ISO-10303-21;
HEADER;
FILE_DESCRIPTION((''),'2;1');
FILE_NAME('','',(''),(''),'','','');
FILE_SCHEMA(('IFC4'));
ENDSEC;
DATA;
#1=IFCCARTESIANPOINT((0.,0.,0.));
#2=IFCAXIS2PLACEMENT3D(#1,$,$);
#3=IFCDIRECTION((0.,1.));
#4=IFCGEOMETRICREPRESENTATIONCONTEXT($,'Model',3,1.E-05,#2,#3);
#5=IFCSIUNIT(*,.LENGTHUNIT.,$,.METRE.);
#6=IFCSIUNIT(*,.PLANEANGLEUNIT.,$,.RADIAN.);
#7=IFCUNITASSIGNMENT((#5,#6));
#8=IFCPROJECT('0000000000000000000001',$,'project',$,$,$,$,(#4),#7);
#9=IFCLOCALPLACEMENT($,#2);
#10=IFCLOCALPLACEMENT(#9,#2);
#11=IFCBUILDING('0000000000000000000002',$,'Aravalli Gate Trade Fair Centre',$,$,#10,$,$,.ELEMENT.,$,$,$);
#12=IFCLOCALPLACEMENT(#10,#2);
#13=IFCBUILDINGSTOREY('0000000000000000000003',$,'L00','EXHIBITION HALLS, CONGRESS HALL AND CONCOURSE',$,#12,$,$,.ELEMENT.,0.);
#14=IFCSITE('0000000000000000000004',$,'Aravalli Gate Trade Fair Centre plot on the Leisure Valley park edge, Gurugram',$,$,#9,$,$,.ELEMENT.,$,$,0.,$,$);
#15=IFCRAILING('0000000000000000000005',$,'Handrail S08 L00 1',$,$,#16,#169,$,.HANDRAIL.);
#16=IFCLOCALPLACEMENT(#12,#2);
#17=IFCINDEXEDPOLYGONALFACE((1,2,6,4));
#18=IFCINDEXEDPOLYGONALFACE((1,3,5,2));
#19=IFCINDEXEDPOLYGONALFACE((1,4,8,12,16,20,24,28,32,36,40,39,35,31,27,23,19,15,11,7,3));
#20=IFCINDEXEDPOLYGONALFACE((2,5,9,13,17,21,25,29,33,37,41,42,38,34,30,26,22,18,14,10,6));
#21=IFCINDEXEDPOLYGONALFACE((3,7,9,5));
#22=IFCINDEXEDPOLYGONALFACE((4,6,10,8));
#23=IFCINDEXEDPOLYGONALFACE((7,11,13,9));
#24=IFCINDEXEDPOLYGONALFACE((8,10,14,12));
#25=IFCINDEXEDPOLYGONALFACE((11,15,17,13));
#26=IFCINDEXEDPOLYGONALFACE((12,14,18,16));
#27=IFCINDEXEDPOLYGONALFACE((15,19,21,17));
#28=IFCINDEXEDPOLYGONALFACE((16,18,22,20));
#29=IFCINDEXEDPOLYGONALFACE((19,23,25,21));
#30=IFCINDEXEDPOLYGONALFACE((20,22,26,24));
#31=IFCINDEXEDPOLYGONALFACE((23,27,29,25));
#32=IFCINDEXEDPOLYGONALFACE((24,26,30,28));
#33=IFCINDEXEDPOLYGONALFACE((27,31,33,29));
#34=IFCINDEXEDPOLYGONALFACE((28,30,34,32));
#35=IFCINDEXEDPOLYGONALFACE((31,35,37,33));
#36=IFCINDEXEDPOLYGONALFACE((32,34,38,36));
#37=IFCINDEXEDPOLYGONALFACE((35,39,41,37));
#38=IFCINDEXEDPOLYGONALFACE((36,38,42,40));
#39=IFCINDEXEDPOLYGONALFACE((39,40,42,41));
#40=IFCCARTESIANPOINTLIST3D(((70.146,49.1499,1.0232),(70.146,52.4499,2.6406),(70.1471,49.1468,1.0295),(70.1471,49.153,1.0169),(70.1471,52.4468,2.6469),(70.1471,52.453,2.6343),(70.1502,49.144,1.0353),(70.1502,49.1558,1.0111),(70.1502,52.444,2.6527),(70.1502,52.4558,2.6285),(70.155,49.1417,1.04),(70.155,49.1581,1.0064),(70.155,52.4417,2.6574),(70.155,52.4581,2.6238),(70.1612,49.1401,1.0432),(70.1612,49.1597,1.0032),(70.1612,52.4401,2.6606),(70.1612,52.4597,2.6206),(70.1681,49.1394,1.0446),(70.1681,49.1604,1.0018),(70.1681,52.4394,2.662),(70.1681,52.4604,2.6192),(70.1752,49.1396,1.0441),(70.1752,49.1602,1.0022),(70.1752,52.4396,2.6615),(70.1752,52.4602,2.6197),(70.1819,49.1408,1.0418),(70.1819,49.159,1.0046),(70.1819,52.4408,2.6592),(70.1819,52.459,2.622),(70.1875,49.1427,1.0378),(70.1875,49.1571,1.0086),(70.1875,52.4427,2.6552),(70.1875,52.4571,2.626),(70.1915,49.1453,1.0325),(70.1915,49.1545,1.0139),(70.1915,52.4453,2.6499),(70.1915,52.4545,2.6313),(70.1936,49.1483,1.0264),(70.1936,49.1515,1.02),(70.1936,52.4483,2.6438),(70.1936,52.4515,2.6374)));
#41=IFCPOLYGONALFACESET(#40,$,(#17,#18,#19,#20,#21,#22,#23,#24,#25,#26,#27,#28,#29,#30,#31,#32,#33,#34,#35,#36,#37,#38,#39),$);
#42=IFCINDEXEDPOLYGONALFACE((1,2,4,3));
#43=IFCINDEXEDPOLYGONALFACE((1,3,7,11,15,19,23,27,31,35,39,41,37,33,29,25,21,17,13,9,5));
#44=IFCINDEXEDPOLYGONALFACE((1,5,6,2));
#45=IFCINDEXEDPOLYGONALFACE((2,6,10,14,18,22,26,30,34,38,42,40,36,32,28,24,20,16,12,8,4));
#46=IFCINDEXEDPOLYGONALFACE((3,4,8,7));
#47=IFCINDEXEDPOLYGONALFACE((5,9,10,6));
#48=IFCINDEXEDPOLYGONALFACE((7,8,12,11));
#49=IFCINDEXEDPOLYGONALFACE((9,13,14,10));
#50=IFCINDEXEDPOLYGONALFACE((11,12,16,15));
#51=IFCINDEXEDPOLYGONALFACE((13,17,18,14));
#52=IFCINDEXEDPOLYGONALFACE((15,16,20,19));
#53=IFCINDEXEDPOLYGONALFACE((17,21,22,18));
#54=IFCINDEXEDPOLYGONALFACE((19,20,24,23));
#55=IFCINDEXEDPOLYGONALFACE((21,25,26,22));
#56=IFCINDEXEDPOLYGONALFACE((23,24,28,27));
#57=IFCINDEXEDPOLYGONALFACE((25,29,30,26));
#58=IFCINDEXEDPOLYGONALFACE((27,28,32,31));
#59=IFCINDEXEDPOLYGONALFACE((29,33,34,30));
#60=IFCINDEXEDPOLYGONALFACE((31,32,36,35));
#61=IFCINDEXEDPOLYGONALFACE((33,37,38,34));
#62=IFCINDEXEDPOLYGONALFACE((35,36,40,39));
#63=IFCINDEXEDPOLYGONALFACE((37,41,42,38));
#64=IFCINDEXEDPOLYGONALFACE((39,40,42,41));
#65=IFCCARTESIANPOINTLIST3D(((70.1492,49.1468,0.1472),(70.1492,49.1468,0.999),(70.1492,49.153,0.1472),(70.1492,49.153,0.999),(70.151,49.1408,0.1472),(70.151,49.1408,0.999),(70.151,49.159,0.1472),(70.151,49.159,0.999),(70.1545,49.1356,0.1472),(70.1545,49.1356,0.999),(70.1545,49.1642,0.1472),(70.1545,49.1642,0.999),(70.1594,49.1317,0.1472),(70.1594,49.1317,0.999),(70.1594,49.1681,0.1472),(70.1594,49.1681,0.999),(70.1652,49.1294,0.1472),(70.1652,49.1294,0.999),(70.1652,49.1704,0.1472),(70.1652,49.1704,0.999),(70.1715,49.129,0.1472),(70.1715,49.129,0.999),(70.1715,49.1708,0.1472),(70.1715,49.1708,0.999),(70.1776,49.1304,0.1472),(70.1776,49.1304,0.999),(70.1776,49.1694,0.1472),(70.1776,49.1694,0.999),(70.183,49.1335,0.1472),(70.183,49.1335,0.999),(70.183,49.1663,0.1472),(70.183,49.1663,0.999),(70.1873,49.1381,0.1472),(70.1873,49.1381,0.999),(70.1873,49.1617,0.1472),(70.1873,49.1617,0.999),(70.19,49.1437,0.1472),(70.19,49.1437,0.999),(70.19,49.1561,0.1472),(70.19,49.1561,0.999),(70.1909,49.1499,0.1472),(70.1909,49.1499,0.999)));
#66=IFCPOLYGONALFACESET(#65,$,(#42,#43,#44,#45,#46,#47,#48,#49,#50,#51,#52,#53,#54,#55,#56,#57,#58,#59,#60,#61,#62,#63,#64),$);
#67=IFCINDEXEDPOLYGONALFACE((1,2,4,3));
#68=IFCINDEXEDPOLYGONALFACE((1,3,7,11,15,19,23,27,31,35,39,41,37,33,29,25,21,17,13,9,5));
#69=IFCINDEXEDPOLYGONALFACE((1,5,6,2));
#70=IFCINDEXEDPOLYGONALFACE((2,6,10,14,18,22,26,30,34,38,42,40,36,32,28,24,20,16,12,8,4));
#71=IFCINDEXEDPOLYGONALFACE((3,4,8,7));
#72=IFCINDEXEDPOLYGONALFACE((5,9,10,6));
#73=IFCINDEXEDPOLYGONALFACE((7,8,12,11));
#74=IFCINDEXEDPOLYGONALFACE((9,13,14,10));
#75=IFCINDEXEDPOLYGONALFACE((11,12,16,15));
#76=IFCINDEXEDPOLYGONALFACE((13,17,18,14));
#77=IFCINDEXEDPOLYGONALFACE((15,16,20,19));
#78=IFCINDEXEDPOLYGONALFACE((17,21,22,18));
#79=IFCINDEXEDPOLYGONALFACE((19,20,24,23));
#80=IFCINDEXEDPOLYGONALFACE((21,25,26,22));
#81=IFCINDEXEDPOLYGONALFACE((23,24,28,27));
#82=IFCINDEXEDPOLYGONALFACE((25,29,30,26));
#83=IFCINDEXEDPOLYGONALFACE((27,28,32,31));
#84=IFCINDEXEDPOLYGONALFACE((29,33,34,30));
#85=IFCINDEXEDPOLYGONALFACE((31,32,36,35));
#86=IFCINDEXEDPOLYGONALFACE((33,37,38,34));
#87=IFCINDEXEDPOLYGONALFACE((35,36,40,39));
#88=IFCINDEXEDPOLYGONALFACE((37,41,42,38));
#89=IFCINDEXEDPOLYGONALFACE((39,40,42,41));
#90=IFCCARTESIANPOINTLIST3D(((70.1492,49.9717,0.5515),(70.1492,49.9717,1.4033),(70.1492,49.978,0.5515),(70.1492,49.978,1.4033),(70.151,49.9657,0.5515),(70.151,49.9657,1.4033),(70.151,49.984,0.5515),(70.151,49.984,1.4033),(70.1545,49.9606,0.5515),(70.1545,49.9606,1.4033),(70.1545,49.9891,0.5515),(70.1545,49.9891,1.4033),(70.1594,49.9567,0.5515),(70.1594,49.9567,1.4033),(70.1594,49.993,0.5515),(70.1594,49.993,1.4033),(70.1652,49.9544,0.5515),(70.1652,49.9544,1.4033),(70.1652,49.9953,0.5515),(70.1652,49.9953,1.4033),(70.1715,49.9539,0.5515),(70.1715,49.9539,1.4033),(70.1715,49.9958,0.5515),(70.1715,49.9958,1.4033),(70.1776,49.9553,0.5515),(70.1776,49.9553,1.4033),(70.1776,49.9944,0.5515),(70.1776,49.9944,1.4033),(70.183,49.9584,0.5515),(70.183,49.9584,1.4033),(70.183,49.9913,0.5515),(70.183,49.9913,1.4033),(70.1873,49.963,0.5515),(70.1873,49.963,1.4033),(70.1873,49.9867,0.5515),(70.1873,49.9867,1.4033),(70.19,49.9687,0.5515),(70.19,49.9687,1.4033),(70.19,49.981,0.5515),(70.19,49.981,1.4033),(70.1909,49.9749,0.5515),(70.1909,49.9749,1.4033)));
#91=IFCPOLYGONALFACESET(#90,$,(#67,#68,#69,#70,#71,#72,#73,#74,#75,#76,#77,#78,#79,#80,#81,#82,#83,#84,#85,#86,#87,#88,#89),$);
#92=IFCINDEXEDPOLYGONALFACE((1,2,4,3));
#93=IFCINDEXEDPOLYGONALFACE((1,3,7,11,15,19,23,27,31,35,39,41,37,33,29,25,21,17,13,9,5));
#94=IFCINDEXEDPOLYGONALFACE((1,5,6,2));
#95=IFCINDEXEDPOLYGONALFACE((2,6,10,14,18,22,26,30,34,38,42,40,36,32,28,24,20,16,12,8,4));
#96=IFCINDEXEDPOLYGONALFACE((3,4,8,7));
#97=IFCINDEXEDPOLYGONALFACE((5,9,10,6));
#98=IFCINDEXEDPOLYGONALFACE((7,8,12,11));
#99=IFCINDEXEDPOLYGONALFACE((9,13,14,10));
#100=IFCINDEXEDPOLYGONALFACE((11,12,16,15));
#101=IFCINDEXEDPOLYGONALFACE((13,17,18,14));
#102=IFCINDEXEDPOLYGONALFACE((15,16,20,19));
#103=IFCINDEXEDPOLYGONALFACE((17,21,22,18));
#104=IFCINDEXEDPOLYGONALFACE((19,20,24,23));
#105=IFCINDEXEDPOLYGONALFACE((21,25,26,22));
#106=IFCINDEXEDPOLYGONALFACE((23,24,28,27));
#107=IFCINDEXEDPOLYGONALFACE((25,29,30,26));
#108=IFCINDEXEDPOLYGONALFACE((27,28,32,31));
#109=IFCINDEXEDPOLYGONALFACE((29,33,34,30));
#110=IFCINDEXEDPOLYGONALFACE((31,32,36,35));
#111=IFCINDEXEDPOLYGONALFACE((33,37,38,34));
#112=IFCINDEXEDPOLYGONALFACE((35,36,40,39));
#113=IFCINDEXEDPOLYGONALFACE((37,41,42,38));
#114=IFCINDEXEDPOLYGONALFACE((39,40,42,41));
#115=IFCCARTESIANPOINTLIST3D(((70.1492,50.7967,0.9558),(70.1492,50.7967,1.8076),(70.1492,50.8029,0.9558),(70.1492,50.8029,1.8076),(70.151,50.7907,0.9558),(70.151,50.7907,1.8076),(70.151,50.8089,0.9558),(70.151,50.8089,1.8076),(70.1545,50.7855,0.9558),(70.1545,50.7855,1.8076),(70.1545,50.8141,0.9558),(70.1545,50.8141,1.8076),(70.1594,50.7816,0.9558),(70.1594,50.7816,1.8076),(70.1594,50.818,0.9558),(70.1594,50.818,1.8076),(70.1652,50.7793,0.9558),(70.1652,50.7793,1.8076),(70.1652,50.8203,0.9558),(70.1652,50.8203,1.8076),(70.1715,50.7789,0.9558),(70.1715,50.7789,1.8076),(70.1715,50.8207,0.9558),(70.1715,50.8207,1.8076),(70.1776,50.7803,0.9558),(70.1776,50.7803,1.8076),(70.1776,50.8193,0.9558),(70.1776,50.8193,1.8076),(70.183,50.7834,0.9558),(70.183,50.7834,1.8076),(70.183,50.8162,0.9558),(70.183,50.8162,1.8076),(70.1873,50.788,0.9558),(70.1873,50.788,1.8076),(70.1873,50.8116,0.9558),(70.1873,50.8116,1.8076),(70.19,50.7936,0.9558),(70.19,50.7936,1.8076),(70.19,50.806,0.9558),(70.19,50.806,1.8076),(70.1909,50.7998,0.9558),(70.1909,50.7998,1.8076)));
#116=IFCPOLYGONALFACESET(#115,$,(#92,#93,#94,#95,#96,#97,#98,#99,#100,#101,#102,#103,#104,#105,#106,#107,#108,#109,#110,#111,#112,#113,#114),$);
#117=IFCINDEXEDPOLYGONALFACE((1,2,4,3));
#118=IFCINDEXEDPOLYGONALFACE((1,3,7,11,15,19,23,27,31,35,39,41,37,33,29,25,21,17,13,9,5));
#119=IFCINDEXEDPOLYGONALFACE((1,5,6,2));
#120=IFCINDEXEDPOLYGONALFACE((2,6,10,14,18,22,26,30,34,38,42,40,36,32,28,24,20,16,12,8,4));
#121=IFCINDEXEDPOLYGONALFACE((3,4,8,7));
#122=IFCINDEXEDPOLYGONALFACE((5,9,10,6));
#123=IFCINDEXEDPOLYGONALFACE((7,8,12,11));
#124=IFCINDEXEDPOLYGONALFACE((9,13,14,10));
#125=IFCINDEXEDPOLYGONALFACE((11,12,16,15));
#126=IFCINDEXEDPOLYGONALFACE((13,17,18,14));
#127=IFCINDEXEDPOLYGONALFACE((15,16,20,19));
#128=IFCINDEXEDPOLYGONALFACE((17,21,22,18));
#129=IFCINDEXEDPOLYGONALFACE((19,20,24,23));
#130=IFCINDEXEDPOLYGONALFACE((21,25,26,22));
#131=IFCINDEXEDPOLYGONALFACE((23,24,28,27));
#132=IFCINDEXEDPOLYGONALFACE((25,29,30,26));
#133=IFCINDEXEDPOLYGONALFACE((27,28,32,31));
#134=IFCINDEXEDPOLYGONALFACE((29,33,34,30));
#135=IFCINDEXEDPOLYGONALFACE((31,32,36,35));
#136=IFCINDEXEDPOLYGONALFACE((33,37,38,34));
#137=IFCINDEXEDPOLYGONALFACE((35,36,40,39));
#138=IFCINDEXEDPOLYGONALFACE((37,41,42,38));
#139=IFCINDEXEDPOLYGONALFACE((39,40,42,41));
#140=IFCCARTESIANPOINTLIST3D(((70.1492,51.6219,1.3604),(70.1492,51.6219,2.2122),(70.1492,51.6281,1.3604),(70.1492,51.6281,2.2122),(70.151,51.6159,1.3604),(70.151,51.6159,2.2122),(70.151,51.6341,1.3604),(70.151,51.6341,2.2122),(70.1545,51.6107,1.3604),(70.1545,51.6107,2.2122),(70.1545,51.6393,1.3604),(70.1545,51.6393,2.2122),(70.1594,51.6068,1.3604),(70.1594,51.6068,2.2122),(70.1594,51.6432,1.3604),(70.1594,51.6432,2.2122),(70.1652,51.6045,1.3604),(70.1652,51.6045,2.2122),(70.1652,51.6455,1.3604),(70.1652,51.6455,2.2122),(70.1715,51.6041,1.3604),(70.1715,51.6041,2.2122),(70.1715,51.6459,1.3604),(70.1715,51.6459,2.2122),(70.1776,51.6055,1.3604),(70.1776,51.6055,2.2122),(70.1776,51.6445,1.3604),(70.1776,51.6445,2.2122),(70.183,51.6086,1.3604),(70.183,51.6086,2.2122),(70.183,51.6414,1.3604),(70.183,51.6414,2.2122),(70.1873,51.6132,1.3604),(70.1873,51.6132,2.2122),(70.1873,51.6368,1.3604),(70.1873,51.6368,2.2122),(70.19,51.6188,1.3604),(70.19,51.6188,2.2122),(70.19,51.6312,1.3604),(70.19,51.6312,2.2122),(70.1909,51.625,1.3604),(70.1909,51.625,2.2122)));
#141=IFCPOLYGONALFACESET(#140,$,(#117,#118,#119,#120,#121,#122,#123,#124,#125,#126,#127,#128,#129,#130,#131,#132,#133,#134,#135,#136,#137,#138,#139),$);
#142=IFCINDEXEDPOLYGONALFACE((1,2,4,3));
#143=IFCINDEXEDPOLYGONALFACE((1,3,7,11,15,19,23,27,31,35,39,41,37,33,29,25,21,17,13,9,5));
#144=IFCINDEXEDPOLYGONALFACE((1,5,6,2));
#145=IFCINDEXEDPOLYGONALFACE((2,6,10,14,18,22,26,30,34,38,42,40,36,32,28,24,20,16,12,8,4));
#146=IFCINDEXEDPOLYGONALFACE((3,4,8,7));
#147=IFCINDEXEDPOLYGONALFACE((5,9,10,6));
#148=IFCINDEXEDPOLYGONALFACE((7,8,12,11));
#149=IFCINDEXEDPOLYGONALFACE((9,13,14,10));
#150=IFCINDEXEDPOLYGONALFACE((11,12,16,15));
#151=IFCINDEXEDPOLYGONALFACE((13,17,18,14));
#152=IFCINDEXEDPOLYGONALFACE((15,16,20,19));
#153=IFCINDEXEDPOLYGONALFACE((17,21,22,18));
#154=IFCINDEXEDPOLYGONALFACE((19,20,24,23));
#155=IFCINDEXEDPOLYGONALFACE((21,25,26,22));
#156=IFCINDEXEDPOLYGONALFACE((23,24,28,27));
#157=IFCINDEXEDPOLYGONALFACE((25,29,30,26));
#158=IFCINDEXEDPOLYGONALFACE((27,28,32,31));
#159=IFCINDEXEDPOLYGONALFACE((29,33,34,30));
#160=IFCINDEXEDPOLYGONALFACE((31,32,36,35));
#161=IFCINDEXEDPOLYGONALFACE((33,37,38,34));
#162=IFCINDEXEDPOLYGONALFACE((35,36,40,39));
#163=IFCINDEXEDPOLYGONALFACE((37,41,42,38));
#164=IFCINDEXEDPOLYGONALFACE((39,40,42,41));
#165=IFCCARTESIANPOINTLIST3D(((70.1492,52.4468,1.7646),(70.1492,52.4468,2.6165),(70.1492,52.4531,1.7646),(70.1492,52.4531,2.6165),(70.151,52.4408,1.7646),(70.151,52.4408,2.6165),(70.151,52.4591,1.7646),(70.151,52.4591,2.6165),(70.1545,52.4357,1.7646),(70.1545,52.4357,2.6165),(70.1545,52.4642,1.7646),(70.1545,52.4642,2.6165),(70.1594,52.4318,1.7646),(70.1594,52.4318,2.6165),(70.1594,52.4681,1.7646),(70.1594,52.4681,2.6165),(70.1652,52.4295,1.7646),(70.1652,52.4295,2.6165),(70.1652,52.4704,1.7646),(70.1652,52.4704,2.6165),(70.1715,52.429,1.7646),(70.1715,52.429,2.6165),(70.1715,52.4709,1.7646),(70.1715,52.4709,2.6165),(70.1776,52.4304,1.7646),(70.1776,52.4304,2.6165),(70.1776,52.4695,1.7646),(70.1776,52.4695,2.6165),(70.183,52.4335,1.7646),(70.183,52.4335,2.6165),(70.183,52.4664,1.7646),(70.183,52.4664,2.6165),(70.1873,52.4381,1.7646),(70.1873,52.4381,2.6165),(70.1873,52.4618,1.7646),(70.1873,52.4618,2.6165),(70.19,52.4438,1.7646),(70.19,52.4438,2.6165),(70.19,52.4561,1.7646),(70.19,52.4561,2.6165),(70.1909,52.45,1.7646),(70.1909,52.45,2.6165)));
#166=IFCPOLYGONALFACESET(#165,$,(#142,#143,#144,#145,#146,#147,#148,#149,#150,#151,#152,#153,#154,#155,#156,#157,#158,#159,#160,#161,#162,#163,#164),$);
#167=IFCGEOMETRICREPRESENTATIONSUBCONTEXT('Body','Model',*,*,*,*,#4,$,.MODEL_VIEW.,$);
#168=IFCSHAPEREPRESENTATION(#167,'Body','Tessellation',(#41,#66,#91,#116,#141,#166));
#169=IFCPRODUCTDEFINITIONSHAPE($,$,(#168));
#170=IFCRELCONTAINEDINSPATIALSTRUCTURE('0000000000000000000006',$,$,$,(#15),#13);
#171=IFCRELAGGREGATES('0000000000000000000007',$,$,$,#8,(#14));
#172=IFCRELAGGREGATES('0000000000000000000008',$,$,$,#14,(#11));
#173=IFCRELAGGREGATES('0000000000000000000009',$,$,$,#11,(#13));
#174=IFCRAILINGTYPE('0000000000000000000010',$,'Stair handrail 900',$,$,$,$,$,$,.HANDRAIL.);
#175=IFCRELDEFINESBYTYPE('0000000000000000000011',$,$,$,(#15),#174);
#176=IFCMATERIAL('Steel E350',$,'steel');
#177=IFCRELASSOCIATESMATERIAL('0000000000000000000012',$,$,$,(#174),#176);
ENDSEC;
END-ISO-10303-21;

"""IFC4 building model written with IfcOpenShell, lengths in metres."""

from ifc_helpers import new_model, si_unit, direction, frame, origin, origin_2d, place, context, subcontext, project, spatial, circle, extrude, material, type_object, element, save


model = new_model("IFC4")

# Units and contexts
model_context = context("Model", 3, precision=1e-05, world=origin(), true_north=direction((0.0, 1.0)))
body_context = subcontext(model_context, "Body", "Model", "MODEL_VIEW")
ifc_project = project(units=[si_unit("LENGTHUNIT", "METRE"), si_unit("PLANEANGLEUNIT", "RADIAN")], contexts=[model_context])

# Site, building, storey
site_placement = place(None, origin())
site = spatial("IfcSite", under=ifc_project, at=site_placement, Name="Aravalli Gate Trade Fair Centre plot on the Leisure Valley park edge, Gurugram", CompositionType="ELEMENT", RefElevation=0.0)
building_placement = place(site_placement, origin())
building = spatial("IfcBuilding", under=site, at=building_placement, Name="Aravalli Gate Trade Fair Centre", CompositionType="ELEMENT")
storey_placement = place(building_placement, origin())
storey = spatial("IfcBuildingStorey", under=building, at=storey_placement, Name="L00", Description="EXHIBITION HALLS, CONGRESS HALL AND CONCOURSE", CompositionType="ELEMENT", Elevation=0.0)

# Railing
ifc_material_1 = material(Name="Steel E350", Category="steel")
railing_type = type_object("IfcRailingType", Name="Stair handrail 900", PredefinedType="HANDRAIL", material=ifc_material_1)
for number, where, name in (
    (1, (70.1699, 49.1499, 0.1472), "Handrail S08 L00 1"),
):
    element("IfcRailing", number, at=place(storey_placement, frame(where)), inside=storey, type_object=railing_type, Name=name, PredefinedType="HANDRAIL", context=body_context, shape_type="SweptSolid", body=[
        extrude(circle(Radius=0.0239, at=origin_2d()), frame((0.0, 0.0, 0.876), z_axis=(0.0, 0.897946, 0.440105), x_axis=(-1.0, 0.0, 0.0)), (0.0, 0.0, 1.0), 3.675),
        extrude(circle(Radius=0.021, at=origin_2d()), origin(), (0.0, 0.0, 1.0), 0.8518),
        extrude(circle(Radius=0.021, at=origin_2d()), frame((0.0, 0.825, 0.4043)), (0.0, 0.0, 1.0), 0.8518),
        extrude(circle(Radius=0.021, at=origin_2d()), frame((0.0, 1.6499, 0.8086)), (0.0, 0.0, 1.0), 0.8518),
        extrude(circle(Radius=0.021, at=origin_2d()), frame((0.0, 2.4751, 1.2131)), (0.0, 0.0, 1.0), 0.8518),
        extrude(circle(Radius=0.021, at=origin_2d()), frame((0.0, 3.3, 1.6174)), (0.0, 0.0, 1.0), 0.8518),
    ])

save(model, "model.ifc")
